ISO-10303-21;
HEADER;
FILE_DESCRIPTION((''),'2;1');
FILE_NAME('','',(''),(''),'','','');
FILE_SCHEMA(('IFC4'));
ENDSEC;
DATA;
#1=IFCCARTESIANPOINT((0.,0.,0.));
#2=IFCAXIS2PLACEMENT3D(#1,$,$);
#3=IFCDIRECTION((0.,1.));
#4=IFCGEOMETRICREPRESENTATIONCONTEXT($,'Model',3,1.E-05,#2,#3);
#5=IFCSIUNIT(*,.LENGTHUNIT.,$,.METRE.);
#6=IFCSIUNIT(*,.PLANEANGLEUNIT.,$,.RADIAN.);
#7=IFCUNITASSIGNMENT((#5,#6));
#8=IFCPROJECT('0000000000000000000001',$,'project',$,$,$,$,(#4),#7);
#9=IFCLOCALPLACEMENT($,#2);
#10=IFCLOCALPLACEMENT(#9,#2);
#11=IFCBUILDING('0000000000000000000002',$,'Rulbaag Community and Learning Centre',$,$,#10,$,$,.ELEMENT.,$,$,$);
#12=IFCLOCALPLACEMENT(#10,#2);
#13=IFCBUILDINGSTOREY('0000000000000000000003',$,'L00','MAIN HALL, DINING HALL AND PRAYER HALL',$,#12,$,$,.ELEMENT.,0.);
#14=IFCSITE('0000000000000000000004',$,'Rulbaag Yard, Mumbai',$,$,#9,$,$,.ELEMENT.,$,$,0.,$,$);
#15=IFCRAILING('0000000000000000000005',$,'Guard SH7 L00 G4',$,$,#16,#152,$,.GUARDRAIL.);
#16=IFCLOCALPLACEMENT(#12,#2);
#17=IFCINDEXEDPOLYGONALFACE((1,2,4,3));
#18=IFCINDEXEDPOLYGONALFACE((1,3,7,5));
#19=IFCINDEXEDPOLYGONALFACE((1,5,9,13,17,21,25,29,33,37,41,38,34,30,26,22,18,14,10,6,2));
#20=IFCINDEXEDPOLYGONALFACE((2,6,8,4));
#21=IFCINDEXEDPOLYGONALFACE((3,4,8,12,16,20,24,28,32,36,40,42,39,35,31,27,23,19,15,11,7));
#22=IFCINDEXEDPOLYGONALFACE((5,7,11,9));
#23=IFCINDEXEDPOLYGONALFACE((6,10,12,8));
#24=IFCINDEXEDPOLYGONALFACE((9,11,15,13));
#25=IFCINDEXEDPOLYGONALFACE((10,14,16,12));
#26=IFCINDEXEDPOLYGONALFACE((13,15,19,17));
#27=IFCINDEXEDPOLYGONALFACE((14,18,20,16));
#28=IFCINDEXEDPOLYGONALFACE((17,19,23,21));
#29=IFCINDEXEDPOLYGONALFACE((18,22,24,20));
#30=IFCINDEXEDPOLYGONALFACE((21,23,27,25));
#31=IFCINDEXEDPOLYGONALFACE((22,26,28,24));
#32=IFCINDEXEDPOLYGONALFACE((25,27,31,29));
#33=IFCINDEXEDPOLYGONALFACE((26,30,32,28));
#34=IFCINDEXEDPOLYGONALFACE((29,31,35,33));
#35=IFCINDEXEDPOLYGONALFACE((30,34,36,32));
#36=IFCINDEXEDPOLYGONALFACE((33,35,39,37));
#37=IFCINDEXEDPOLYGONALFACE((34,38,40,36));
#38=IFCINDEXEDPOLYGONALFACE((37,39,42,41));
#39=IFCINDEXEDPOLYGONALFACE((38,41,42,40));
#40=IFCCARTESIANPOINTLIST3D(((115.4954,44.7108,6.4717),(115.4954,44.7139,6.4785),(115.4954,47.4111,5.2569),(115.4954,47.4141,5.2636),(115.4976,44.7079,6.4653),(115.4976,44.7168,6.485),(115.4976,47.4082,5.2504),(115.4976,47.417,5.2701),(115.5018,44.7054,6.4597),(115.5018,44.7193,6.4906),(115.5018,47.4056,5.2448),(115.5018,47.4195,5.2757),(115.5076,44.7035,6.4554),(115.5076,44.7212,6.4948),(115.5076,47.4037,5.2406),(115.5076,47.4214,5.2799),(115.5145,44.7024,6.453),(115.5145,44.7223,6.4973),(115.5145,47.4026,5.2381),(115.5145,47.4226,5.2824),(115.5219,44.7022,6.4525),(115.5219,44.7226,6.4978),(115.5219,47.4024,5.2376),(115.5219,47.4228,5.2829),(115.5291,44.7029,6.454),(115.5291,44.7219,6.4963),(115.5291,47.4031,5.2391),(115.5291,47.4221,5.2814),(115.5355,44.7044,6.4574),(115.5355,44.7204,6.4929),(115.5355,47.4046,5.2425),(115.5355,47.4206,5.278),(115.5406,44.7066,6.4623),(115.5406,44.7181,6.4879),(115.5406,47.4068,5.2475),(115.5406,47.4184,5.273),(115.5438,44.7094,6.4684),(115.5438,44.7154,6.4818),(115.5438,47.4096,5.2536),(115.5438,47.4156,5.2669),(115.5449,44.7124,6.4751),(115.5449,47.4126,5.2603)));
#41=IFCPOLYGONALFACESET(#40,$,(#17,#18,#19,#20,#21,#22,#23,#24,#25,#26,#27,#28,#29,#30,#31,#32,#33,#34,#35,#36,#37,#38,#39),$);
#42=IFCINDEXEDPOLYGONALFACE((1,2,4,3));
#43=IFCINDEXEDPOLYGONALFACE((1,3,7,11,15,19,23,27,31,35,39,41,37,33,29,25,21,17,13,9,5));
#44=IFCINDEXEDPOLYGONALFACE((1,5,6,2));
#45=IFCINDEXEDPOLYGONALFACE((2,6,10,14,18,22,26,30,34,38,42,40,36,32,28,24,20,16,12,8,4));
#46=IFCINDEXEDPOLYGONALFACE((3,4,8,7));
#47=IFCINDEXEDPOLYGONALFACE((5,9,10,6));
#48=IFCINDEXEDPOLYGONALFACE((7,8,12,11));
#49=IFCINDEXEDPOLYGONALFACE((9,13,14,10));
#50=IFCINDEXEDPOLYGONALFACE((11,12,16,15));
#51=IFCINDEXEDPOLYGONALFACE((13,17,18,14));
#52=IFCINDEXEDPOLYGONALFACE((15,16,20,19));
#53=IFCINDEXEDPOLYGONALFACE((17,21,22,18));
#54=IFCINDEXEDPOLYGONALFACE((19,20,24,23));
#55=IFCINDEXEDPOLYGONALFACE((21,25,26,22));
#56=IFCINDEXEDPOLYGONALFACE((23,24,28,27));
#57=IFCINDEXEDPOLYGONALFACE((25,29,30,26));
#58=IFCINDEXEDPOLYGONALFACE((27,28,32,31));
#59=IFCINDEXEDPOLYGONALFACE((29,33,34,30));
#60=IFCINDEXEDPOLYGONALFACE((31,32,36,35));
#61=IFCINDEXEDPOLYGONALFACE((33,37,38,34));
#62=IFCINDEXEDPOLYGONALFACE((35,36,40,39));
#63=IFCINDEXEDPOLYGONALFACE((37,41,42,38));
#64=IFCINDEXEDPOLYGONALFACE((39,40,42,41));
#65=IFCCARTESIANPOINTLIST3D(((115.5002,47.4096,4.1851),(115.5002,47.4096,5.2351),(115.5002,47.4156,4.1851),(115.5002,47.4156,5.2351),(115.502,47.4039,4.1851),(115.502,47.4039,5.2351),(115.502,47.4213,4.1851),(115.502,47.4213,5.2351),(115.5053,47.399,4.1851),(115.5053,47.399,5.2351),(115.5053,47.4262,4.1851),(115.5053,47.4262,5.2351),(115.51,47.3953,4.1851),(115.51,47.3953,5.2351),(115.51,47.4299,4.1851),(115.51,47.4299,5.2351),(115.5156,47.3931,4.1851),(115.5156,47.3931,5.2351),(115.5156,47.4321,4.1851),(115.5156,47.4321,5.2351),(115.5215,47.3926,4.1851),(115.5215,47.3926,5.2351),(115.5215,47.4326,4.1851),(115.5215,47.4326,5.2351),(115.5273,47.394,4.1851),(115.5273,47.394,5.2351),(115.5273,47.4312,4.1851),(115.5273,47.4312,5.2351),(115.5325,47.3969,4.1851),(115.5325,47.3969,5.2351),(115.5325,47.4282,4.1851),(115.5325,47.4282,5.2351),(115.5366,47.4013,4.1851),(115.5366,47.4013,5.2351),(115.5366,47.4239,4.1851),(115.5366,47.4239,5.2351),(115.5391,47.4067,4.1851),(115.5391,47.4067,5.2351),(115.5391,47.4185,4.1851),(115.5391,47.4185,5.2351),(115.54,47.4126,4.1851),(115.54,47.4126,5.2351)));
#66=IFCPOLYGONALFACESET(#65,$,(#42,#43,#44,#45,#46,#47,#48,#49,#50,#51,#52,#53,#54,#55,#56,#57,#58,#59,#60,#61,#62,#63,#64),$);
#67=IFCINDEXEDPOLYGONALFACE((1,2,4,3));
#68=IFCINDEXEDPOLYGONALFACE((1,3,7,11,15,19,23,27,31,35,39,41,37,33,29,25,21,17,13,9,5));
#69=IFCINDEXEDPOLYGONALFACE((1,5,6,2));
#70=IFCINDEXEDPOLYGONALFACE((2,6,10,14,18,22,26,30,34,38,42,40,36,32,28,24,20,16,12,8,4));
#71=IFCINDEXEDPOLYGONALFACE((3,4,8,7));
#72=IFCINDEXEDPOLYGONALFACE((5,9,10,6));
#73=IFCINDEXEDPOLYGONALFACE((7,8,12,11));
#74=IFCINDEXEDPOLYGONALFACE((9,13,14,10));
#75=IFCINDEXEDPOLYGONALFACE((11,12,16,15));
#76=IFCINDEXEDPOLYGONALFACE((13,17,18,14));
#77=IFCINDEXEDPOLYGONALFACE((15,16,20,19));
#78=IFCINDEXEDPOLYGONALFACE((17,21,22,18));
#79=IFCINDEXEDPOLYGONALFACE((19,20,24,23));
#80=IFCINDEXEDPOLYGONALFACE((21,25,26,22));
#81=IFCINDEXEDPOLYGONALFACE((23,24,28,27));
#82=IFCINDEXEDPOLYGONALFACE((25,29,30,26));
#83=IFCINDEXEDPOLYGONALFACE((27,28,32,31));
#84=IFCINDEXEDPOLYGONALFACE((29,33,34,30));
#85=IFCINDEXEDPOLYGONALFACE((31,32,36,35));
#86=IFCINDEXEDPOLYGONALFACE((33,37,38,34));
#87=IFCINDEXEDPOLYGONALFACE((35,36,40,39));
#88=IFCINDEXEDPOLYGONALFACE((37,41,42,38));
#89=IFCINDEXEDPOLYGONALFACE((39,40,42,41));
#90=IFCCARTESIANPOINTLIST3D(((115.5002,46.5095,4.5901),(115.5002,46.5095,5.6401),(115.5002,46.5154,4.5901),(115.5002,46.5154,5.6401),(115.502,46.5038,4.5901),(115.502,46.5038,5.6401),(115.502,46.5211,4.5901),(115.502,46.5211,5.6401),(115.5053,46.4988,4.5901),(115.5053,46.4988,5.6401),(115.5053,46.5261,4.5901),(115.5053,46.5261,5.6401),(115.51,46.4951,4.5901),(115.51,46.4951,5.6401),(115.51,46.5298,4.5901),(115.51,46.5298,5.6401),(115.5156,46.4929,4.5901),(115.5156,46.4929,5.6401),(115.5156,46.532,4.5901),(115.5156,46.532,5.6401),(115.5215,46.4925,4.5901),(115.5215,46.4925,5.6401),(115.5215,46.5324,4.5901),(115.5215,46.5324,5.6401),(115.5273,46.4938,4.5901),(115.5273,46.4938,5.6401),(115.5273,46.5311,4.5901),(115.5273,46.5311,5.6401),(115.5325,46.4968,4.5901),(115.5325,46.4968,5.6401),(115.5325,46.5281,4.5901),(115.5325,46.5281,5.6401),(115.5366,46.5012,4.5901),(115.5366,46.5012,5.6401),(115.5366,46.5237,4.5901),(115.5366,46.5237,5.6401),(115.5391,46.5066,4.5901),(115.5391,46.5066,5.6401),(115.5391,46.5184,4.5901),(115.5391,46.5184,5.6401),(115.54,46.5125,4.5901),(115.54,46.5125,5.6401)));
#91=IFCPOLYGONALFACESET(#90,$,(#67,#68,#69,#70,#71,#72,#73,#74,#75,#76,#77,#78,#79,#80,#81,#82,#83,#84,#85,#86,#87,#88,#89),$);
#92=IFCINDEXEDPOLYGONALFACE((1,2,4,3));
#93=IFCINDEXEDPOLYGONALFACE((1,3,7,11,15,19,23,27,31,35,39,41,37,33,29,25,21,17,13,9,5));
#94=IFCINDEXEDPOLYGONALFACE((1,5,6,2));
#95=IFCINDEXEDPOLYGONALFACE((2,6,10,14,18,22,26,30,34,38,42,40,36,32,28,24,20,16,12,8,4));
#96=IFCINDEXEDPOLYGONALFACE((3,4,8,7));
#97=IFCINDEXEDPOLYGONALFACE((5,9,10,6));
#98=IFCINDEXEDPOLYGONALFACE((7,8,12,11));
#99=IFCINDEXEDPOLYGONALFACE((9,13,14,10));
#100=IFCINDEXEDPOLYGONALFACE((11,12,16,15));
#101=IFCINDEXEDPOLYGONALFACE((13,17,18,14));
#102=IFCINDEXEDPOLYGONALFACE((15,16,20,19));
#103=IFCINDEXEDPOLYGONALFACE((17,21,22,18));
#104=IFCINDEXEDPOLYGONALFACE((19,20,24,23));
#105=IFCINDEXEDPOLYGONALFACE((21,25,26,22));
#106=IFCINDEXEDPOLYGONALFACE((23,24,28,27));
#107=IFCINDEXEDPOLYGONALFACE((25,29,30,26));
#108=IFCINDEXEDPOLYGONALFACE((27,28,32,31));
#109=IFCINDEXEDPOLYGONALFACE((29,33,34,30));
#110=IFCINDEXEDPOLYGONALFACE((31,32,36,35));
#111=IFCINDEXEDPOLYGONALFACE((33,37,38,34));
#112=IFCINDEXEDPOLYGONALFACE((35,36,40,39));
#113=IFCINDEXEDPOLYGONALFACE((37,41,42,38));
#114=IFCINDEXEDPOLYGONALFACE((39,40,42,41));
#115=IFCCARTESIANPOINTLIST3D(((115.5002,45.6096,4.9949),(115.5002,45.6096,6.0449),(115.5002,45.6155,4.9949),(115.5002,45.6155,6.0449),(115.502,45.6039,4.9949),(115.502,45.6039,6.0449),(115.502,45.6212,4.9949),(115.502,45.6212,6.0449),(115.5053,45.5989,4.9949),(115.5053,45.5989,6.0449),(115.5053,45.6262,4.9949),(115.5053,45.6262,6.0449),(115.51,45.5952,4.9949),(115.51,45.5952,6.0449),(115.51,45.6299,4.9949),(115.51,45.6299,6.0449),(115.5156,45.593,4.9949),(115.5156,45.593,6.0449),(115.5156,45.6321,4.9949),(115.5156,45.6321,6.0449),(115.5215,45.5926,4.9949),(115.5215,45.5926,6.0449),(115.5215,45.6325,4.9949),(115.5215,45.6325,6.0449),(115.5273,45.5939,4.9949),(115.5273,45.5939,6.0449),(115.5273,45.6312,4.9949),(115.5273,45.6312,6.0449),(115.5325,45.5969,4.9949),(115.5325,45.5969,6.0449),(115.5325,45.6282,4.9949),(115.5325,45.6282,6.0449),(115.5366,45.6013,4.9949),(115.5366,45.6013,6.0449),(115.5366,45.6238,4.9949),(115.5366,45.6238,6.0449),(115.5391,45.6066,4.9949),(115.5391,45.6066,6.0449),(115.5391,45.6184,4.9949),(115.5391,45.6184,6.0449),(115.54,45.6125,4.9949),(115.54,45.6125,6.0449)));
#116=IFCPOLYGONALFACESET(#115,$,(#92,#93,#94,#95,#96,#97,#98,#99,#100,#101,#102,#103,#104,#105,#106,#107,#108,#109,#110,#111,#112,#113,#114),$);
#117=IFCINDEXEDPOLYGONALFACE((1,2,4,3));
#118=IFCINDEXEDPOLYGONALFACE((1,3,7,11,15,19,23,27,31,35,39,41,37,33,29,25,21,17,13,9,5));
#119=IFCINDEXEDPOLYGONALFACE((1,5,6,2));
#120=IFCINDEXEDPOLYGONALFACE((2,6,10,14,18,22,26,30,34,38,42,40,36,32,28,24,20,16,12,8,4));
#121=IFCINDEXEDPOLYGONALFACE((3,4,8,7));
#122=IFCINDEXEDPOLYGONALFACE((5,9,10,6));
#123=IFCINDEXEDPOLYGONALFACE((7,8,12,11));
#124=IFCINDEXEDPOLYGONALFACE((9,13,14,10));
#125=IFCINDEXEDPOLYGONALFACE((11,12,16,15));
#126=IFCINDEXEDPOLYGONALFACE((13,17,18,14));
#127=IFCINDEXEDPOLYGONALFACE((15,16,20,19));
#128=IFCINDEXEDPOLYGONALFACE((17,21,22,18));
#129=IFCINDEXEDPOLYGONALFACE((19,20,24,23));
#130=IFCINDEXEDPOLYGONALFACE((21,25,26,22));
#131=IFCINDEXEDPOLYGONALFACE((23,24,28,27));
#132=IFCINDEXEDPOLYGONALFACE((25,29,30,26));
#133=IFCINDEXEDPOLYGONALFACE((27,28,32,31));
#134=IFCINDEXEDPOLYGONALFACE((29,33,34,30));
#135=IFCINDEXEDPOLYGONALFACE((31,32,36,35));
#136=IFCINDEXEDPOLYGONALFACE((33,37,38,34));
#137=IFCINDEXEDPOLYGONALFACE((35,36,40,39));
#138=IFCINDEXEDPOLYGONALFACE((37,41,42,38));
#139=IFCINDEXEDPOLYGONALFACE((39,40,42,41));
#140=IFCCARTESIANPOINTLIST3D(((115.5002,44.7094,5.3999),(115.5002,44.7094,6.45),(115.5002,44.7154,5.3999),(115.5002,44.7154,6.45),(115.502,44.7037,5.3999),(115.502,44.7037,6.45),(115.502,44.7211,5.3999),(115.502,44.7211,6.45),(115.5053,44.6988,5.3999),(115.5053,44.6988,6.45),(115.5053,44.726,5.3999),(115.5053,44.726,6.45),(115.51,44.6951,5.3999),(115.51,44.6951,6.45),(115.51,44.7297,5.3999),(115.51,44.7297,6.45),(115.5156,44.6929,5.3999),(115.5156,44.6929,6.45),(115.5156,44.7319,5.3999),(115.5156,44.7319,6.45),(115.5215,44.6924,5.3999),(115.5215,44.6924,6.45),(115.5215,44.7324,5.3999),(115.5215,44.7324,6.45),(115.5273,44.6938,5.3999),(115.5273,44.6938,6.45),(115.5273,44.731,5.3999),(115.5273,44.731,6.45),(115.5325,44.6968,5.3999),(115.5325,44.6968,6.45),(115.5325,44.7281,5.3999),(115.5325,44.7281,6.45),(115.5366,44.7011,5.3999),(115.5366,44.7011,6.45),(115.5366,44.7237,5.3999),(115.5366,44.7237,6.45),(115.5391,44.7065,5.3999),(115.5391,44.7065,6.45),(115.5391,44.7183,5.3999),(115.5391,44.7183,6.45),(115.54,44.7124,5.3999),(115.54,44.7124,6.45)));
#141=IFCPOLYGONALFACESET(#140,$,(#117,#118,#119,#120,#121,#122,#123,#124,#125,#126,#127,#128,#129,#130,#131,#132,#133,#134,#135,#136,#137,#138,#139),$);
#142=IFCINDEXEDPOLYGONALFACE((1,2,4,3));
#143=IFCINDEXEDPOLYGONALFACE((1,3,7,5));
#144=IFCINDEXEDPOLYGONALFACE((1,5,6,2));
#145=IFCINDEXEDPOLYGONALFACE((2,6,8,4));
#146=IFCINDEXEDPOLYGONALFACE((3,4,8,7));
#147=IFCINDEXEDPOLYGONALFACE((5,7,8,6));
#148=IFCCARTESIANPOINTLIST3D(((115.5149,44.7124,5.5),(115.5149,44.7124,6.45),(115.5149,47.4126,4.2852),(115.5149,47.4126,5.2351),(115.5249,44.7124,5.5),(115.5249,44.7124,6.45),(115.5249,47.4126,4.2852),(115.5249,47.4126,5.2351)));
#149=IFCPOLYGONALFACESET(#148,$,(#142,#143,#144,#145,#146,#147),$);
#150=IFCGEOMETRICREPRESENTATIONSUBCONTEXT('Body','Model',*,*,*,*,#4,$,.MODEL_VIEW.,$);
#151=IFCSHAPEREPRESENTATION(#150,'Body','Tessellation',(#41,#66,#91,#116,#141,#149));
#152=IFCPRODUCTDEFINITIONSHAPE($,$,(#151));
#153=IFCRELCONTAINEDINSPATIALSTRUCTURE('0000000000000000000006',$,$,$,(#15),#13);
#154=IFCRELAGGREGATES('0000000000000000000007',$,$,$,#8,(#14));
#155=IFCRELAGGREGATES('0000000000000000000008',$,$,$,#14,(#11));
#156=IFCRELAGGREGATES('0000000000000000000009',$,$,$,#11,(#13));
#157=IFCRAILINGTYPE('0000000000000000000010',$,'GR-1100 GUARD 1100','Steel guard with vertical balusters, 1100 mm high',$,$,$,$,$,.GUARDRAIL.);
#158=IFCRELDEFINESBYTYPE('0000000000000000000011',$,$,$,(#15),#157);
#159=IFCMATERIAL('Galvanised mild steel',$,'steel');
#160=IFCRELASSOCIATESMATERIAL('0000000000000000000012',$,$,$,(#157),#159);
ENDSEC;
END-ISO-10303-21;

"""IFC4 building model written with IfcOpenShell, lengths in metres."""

from ifc_helpers import new_model, si_unit, direction, frame, origin, origin_2d, place, context, subcontext, project, spatial, polyline, circle, outline, extrude, material, type_object, element, save


model = new_model("IFC4")

# Units and contexts
model_context = context("Model", 3, precision=1e-05, world=origin(), true_north=direction((0.0, 1.0)))
body_context = subcontext(model_context, "Body", "Model", "MODEL_VIEW")
ifc_project = project(units=[si_unit("LENGTHUNIT", "METRE"), si_unit("PLANEANGLEUNIT", "RADIAN")], contexts=[model_context])

# Site, building, storey
site_placement = place(None, origin())
site = spatial("IfcSite", under=ifc_project, at=site_placement, Name="Rulbaag Yard, Mumbai", CompositionType="ELEMENT", RefElevation=0.0)
building_placement = place(site_placement, origin())
building = spatial("IfcBuilding", under=site, at=building_placement, Name="Rulbaag Community and Learning Centre", CompositionType="ELEMENT")
storey_placement = place(building_placement, origin())
storey = spatial("IfcBuildingStorey", under=building, at=storey_placement, Name="L00", Description="MAIN HALL, DINING HALL AND PRAYER HALL", CompositionType="ELEMENT", Elevation=0.0)

# Railing
ifc_material_1 = material(Name="Galvanised mild steel", Category="steel")
railing_type = type_object("IfcRailingType", Name="GR-1100 GUARD 1100", Description="Steel guard with vertical balusters, 1100 mm high", PredefinedType="GUARDRAIL", material=ifc_material_1)
railing_1_placement = place(storey_placement, frame((115.52, 47.4126, 4.1851)))
element("IfcRailing", 1, at=railing_1_placement, inside=storey, type_object=railing_type, Name="Guard SH7 L00 G4", PredefinedType="GUARDRAIL", context=body_context, shape_type="SweptSolid", body=[
    extrude(circle(Radius=0.0249, at=origin_2d()), frame((0.0, 0.0, 1.0752), z_axis=(0.0, -0.911952, 0.410296), x_axis=(1.0, 0.0, 0.0)), (0.0, 0.0, 1.0), 2.9609),
    extrude(circle(Radius=0.02, at=origin_2d()), origin(), (0.0, 0.0, 1.0), 1.05),
    extrude(circle(Radius=0.02, at=origin_2d()), frame((0.0, -0.9001, 0.405)), (0.0, 0.0, 1.0), 1.05),
    extrude(circle(Radius=0.02, at=origin_2d()), frame((0.0, -1.8, 0.8098)), (0.0, 0.0, 1.0), 1.05),
    extrude(circle(Radius=0.02, at=origin_2d()), frame((0.0, -2.7002, 1.2148)), (0.0, 0.0, 1.0), 1.05),
    extrude(outline(polyline([(0.0, 0.0), (2.7002, 1.2148), (2.7002, 2.1648), (0.0, 0.95), (0.0, 0.0)])), frame((0.0049, 0.0, 0.1001), z_axis=(-1.0, 0.0, 0.0), x_axis=(0.0, -1.0, 0.0)), (0.0, 0.0, 1.0), 0.01),
])

save(model, "model.ifc")
